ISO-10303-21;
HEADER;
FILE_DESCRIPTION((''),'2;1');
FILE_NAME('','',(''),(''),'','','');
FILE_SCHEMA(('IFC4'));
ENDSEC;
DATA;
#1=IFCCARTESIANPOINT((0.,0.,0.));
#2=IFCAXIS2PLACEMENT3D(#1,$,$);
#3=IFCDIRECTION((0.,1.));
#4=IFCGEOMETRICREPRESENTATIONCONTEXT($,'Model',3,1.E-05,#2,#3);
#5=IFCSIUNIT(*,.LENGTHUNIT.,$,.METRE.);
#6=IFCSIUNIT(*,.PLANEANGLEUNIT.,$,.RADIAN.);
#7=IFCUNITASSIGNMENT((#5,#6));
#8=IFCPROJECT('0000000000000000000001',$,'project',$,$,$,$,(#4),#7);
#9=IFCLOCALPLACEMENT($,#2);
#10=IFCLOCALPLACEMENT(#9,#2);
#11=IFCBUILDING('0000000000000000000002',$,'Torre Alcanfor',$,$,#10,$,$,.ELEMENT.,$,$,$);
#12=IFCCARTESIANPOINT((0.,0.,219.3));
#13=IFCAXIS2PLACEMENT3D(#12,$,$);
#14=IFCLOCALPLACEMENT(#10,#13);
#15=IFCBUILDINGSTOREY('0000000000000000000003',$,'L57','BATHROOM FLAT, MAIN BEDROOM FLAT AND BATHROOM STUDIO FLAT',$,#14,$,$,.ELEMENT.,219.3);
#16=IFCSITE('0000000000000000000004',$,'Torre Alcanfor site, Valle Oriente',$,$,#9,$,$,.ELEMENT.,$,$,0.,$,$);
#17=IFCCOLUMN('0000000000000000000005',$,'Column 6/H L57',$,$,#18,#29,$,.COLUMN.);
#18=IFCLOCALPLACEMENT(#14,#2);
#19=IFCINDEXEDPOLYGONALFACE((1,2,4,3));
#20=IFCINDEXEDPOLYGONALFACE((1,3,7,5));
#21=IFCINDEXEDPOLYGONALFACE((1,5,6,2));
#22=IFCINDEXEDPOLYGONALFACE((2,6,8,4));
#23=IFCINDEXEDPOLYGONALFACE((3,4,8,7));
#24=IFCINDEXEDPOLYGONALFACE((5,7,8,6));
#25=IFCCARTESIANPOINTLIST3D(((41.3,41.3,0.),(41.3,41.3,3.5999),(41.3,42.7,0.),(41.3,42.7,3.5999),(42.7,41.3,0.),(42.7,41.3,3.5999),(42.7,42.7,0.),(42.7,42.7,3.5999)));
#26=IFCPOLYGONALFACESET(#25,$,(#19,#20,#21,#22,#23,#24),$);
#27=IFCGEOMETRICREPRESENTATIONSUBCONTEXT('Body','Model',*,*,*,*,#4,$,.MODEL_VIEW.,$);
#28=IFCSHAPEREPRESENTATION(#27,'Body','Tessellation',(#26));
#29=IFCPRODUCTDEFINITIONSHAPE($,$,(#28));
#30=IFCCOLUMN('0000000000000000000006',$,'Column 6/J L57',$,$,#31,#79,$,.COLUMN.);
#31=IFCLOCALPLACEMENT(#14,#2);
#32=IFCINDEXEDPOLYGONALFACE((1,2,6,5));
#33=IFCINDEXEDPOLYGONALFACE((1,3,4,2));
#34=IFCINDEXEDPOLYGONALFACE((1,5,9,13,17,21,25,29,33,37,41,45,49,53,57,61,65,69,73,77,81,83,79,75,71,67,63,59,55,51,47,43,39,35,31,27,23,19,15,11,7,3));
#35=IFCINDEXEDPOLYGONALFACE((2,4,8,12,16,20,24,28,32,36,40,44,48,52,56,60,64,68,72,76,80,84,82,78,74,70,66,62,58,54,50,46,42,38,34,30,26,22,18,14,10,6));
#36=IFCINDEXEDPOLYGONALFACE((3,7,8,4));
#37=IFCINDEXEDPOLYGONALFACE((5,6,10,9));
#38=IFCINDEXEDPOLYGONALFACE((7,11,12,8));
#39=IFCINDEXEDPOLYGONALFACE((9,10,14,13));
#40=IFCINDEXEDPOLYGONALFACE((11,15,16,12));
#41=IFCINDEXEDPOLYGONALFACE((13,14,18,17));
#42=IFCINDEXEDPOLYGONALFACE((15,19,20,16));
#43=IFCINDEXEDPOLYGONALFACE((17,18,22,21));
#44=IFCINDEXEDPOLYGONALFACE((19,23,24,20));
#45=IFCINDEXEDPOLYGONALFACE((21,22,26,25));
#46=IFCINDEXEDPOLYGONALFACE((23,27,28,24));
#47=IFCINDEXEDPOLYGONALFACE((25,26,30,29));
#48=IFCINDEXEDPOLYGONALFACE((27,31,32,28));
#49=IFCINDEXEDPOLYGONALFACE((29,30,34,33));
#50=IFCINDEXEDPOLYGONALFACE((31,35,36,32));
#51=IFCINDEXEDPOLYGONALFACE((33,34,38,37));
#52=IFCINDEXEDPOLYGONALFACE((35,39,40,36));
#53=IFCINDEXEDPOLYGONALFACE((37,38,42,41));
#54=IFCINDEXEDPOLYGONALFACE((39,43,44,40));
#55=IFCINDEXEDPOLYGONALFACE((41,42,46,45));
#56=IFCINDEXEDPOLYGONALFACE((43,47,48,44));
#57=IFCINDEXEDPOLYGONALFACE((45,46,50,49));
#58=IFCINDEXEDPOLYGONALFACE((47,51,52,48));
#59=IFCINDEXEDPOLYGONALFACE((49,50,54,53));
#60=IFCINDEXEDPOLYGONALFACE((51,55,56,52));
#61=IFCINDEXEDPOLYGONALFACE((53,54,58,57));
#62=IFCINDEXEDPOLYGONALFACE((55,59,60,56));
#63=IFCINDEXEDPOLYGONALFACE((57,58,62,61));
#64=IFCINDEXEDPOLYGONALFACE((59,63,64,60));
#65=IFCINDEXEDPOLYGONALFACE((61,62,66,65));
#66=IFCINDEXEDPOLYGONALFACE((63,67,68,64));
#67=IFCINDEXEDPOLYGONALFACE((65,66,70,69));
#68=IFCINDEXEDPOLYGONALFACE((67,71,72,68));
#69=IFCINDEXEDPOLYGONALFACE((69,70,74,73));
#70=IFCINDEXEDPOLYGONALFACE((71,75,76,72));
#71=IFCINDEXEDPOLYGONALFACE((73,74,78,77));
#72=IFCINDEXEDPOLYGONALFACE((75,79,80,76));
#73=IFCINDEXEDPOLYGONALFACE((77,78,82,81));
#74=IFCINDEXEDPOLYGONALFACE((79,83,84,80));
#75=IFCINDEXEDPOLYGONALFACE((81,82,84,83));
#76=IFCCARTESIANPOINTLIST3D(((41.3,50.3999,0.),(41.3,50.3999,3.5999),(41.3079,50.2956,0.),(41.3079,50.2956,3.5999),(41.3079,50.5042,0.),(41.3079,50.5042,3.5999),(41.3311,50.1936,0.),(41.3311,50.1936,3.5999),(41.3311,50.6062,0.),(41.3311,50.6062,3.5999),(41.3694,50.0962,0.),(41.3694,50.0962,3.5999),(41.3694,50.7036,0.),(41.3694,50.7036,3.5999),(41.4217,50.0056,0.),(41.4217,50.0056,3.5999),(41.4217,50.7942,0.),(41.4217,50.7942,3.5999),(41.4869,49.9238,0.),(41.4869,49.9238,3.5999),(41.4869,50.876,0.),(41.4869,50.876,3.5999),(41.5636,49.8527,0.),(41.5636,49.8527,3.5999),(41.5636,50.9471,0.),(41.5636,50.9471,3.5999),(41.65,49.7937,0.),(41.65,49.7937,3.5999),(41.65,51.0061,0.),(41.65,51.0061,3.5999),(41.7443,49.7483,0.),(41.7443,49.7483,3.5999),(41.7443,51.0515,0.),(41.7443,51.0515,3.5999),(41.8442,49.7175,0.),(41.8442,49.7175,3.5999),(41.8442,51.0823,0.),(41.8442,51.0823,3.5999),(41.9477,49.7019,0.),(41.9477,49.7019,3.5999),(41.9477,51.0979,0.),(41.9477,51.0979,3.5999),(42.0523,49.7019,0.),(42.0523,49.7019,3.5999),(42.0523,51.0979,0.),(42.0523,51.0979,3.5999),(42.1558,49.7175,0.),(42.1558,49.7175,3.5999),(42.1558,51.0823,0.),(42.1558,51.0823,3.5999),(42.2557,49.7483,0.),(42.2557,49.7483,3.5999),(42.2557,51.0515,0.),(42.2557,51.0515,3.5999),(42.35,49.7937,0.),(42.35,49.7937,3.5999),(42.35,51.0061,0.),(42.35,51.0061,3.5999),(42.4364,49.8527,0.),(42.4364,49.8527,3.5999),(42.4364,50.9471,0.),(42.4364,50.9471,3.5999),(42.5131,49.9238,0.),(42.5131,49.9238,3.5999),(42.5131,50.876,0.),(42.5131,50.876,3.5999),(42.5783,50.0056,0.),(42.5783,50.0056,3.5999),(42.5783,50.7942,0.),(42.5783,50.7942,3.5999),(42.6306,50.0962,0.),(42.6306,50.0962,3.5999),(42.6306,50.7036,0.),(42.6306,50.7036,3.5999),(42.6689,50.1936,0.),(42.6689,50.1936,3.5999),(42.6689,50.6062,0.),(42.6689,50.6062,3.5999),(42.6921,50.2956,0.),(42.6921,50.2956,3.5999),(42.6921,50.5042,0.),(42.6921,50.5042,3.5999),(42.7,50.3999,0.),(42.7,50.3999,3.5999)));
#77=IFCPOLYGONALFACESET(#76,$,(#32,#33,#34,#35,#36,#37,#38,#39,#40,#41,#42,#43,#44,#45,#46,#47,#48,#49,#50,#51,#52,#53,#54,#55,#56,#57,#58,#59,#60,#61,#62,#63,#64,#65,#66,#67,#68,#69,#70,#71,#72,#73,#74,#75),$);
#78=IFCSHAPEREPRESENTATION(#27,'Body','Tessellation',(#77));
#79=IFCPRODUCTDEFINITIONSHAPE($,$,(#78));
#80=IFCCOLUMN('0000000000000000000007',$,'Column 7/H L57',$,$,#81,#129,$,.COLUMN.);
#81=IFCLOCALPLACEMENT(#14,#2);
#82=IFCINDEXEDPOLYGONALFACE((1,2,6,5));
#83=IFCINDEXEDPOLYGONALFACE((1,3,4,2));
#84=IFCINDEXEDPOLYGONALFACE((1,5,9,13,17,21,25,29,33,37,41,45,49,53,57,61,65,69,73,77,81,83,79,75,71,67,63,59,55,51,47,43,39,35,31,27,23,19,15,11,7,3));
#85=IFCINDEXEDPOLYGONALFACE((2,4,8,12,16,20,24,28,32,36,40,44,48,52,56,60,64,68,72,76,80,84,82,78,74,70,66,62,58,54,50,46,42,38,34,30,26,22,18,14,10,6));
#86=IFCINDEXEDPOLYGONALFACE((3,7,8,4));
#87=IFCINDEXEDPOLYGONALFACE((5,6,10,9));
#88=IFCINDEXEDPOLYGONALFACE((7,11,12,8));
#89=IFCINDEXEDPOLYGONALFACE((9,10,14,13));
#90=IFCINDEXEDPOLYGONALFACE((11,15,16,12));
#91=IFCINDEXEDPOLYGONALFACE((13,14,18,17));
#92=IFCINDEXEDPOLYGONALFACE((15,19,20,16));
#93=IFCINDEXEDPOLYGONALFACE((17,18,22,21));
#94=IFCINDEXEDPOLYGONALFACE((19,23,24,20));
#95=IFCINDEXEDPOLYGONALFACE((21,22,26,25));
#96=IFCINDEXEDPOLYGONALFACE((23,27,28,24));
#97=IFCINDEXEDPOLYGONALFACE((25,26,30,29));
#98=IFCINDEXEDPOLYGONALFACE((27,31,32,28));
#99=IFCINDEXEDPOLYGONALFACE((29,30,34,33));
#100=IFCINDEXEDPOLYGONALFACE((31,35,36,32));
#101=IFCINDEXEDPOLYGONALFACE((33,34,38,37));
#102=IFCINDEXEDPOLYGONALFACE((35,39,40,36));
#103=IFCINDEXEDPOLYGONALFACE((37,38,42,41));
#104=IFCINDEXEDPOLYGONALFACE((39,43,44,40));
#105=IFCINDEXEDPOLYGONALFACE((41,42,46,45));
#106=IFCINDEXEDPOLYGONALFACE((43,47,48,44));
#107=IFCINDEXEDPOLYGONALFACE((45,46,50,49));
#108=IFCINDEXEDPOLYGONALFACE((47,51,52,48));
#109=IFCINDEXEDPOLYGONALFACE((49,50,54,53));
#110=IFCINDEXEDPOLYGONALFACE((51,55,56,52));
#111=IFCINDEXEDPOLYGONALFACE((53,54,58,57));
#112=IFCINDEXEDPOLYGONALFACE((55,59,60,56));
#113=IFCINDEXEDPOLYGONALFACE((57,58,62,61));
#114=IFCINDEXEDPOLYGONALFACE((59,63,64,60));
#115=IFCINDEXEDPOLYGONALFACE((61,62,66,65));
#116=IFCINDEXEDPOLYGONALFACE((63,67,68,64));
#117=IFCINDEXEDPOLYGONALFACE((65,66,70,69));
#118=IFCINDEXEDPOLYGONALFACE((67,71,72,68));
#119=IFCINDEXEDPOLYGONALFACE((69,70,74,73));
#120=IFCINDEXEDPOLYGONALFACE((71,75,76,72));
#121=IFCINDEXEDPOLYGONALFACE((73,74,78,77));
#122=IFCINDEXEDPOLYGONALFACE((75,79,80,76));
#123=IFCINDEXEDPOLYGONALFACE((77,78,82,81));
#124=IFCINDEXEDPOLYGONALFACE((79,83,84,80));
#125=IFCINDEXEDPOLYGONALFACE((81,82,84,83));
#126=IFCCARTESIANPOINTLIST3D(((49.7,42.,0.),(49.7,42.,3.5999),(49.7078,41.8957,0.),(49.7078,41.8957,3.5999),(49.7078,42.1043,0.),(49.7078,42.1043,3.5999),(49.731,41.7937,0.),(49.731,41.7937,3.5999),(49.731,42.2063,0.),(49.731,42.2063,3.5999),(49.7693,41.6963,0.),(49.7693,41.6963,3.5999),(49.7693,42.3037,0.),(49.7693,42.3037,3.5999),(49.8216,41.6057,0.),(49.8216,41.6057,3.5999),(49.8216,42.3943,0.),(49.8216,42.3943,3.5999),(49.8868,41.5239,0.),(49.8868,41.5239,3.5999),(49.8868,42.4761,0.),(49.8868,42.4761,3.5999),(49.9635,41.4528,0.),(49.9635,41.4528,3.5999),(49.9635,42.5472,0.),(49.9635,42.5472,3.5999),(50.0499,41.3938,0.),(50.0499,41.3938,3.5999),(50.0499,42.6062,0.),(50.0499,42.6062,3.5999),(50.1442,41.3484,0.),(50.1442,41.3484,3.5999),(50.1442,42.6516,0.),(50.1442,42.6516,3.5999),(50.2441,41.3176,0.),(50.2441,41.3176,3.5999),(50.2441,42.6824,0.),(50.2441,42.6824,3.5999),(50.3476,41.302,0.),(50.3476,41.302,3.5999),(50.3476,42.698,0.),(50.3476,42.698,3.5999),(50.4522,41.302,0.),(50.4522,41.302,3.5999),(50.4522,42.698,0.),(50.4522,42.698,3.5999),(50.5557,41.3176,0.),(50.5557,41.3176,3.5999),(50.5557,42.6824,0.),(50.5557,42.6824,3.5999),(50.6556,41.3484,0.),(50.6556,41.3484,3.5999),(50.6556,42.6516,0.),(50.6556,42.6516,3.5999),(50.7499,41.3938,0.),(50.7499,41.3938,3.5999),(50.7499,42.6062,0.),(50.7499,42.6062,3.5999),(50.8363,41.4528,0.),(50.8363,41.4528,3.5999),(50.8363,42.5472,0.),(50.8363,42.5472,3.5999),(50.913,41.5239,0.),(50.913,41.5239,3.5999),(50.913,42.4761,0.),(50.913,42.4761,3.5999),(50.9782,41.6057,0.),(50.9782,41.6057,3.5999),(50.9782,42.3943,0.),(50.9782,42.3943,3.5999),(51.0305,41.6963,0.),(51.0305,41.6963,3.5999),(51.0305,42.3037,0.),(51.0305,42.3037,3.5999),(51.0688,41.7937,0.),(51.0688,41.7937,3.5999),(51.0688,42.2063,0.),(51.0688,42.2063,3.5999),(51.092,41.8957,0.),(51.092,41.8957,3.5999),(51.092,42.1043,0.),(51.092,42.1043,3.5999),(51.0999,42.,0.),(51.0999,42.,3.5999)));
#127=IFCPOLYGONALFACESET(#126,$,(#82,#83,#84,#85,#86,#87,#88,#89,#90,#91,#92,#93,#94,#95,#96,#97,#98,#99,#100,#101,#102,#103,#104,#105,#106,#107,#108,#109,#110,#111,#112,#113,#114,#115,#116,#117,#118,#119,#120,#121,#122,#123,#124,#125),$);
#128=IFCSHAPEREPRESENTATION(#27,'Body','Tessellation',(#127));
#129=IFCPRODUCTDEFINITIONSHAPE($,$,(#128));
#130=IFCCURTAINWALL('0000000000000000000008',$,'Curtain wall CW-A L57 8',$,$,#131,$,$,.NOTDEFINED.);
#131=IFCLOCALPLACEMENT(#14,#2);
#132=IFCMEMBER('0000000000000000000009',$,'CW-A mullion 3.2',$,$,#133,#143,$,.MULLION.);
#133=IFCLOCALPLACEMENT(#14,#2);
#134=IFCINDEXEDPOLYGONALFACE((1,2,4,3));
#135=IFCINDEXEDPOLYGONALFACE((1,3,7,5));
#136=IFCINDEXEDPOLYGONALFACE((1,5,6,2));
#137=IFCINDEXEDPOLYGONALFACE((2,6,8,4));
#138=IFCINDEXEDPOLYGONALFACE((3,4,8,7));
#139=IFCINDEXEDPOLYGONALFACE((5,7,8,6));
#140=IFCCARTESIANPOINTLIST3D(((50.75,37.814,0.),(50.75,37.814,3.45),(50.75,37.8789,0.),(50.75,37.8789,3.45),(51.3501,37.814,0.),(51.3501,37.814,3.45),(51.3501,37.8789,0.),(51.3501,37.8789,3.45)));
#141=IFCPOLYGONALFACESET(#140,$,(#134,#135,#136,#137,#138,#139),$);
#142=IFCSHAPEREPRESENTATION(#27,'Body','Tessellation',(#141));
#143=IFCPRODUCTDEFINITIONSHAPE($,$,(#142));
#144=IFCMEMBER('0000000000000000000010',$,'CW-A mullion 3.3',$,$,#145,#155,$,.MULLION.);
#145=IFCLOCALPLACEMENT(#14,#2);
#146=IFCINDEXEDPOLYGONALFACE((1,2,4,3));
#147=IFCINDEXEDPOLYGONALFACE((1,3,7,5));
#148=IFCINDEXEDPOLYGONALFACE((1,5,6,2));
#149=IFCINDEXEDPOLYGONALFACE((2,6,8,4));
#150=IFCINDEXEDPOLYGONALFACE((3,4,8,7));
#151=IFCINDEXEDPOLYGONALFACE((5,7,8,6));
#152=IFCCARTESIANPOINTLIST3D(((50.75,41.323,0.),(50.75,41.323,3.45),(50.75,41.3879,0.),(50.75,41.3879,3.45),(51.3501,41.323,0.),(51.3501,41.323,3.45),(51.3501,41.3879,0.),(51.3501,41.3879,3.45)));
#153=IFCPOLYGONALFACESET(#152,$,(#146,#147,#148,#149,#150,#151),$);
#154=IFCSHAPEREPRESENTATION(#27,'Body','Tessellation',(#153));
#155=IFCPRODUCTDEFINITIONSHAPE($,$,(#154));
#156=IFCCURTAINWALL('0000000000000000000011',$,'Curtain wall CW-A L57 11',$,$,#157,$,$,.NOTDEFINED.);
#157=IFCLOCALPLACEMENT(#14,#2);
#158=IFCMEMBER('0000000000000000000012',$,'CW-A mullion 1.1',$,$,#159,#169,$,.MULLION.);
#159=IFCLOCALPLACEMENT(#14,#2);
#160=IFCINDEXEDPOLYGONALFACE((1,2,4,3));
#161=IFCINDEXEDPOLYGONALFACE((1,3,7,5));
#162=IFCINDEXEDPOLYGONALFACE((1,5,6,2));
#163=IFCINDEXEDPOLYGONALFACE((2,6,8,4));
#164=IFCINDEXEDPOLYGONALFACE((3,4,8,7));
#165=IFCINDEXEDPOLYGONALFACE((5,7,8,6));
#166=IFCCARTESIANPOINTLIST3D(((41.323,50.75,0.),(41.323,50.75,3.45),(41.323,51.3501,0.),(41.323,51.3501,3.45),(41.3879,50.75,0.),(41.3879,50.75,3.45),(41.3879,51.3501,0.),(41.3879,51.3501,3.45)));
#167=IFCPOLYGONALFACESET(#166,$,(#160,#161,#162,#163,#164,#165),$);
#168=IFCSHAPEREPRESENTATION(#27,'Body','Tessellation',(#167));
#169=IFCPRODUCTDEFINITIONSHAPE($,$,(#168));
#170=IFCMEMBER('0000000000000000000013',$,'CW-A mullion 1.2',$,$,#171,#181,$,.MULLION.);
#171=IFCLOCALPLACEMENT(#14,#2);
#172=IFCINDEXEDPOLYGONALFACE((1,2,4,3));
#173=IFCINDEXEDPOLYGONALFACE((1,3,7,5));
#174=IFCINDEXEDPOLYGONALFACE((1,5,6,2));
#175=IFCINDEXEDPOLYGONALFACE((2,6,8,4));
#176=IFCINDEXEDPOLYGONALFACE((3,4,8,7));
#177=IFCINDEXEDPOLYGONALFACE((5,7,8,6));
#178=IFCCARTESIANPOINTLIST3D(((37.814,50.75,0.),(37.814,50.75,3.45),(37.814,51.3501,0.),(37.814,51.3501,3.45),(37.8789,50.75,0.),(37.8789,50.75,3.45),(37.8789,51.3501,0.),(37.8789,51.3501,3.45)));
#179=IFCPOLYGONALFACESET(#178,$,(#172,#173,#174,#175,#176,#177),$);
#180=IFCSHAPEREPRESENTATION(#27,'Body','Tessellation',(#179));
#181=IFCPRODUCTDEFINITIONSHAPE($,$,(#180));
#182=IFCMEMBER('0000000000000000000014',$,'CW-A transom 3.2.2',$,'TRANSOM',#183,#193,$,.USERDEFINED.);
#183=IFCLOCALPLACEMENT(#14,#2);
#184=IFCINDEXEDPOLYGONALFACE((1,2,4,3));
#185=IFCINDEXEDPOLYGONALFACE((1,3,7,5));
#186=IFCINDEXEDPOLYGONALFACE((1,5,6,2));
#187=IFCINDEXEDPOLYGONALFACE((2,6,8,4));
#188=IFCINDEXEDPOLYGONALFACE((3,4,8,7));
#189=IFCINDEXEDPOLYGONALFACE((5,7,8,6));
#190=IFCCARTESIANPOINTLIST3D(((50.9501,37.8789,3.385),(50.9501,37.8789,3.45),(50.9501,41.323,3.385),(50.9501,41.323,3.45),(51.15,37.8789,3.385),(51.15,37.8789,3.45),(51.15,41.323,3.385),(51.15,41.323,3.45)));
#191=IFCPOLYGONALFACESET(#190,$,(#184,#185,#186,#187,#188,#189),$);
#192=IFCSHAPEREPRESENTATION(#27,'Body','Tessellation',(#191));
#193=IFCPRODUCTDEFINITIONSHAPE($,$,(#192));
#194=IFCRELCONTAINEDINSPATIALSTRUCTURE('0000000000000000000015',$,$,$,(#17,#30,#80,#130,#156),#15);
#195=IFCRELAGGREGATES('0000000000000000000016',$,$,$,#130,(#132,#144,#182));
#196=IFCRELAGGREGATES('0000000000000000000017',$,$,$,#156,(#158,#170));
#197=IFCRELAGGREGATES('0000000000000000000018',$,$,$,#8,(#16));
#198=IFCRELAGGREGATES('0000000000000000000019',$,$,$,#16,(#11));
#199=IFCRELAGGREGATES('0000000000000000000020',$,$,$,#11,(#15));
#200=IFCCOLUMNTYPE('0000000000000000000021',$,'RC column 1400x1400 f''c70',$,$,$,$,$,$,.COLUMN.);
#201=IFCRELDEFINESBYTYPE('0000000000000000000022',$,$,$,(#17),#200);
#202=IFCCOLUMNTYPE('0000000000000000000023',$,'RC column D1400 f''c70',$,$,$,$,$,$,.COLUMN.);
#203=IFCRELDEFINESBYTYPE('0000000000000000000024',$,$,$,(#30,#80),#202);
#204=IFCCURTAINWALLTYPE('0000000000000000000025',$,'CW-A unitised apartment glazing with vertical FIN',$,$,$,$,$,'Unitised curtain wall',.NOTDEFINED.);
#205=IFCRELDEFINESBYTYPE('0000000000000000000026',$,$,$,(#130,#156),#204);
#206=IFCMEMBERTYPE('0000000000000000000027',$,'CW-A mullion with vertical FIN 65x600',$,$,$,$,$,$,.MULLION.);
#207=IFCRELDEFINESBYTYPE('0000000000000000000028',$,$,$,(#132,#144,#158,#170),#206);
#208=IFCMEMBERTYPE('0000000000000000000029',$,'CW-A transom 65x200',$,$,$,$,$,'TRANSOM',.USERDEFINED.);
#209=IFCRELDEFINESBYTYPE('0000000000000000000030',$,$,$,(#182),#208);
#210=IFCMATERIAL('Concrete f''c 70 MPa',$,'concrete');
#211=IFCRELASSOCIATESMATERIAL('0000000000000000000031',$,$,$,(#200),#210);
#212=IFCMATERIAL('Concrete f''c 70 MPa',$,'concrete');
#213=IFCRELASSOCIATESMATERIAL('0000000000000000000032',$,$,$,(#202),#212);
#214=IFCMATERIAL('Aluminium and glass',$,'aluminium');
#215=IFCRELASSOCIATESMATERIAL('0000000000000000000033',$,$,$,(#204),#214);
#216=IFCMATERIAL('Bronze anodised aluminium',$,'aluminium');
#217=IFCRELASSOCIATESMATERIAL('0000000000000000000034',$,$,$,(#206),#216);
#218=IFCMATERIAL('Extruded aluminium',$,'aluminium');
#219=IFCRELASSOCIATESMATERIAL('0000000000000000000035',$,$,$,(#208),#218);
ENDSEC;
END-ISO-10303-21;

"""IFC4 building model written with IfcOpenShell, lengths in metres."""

from ifc_helpers import new_model, si_unit, direction, frame, origin, origin_2d, place, context, subcontext, project, spatial, rectangle, circle, extrude, material, material_profile, profile_set, type_object, element, aggregate, save


model = new_model("IFC4")

# Units and contexts
model_context = context("Model", 3, precision=1e-05, world=origin(), true_north=direction((0.0, 1.0)))
body_context = subcontext(model_context, "Body", "Model", "MODEL_VIEW")
ifc_project = project(units=[si_unit("LENGTHUNIT", "METRE"), si_unit("PLANEANGLEUNIT", "RADIAN")], contexts=[model_context])

# Site, building, storey
site_placement = place(None, origin())
site = spatial("IfcSite", under=ifc_project, at=site_placement, Name="Torre Alcanfor site, Valle Oriente", CompositionType="ELEMENT", RefElevation=0.0)
building_placement = place(site_placement, origin())
building = spatial("IfcBuilding", under=site, at=building_placement, Name="Torre Alcanfor", CompositionType="ELEMENT")
storey_placement = place(building_placement, frame((0.0, 0.0, 219.3)))
storey = spatial("IfcBuildingStorey", under=building, at=storey_placement, Name="L57", Description="BATHROOM FLAT, MAIN BEDROOM FLAT AND BATHROOM STUDIO FLAT", CompositionType="ELEMENT", Elevation=219.3)

# Columns
ifc_material_1 = material(Name="Concrete f'c 70 MPa", Category="concrete")
ifc_material_profile_1 = material_profile(ifc_material_1, rectangle(XDim=1.3999, YDim=1.3999, at=origin_2d()), Name="1400x1400")
ifc_profile_set_1 = profile_set([ifc_material_profile_1], Name="Concrete f'c 70 MPa")
column_type_1 = type_object("IfcColumnType", Name="RC column 1400x1400 f'c70", PredefinedType="COLUMN", material=ifc_profile_set_1)
column_placement = place(storey_placement, frame((42.0, 42.0, 0.0), z_axis=(0.0, 0.0, 1.0), x_axis=(1.0, 0.0, 0.0)))
element("IfcColumn", 1, at=column_placement, inside=storey, type_object=column_type_1, Name="Column 6/H L57", PredefinedType="COLUMN", context=body_context, shape_type="SweptSolid", body=[
    extrude(rectangle(XDim=1.3999, YDim=1.3999, at=origin_2d()), origin(), (0.0, 0.0, 1.0), 3.5999),
])
ifc_material_2 = material(Name="Concrete f'c 70 MPa", Category="concrete")
ifc_material_profile_2 = material_profile(ifc_material_2, circle(Radius=0.7, at=origin_2d()), Name="D1400")
ifc_profile_set_2 = profile_set([ifc_material_profile_2], Name="Concrete f'c 70 MPa")
column_type_2 = type_object("IfcColumnType", Name="RC column D1400 f'c70", PredefinedType="COLUMN", material=ifc_profile_set_2)
for number, where, z_axis, x_axis, name in (
    (2, (42.0, 50.3999, 0.0), (0.0, 0.0, 1.0), (1.0, 0.0, 0.0), "Column 6/J L57"),
    (3, (50.3999, 42.0, 0.0), (0.0, 0.0, 1.0), (1.0, 0.0, 0.0), "Column 7/H L57"),
):
    element("IfcColumn", number, at=place(storey_placement, frame(where, z_axis=z_axis, x_axis=x_axis)), inside=storey, type_object=column_type_2, Name=name, PredefinedType="COLUMN", context=body_context, shape_type="SweptSolid", body=[
        extrude(circle(Radius=0.7, at=origin_2d()), origin(), (0.0, 0.0, 1.0), 3.5999),
    ])

# Curtain walls, members
ifc_material_3 = material(Name="Aluminium and glass", Category="aluminium")
curtain_wall_type = type_object("IfcCurtainWallType", Name="CW-A unitised apartment glazing with vertical FIN", ElementType="Unitised curtain wall", PredefinedType="NOTDEFINED", material=ifc_material_3)
curtain_wall_1_placement = place(storey_placement, origin())
curtain_wall_1 = element("IfcCurtainWall", 4, at=curtain_wall_1_placement, inside=storey, type_object=curtain_wall_type, Name="Curtain wall CW-A L57 8", PredefinedType="NOTDEFINED")
ifc_material_4 = material(Name="Bronze anodised aluminium", Category="aluminium")
ifc_material_profile_3 = material_profile(ifc_material_4, rectangle(XDim=0.6001, YDim=0.0649, at=origin_2d()), Name="CW-A mullion 65x600")
ifc_profile_set_3 = profile_set([ifc_material_profile_3], Name="Bronze anodised aluminium")
member_type_1 = type_object("IfcMemberType", Name="CW-A mullion with vertical FIN 65x600", PredefinedType="MULLION", material=ifc_profile_set_3)
member_1_placement = place(storey_placement, frame((51.05, 37.8464, 0.0), z_axis=(0.0, 0.0, 1.0), x_axis=(-1.0, 0.0, 0.0)))
member_1 = element("IfcMember", 5, at=member_1_placement, type_object=member_type_1, Name="CW-A mullion 3.2", PredefinedType="MULLION", context=body_context, shape_type="SweptSolid", body=[
    extrude(rectangle(XDim=0.6001, YDim=0.0649, at=origin_2d()), origin(), (0.0, 0.0, 1.0), 3.45),
])
member_2_placement = place(storey_placement, frame((51.05, 41.3555, 0.0), z_axis=(0.0, 0.0, 1.0), x_axis=(-1.0, 0.0, 0.0)))
member_2 = element("IfcMember", 6, at=member_2_placement, type_object=member_type_1, Name="CW-A mullion 3.3", PredefinedType="MULLION", context=body_context, shape_type="SweptSolid", body=[
    extrude(rectangle(XDim=0.6001, YDim=0.0649, at=origin_2d()), origin(), (0.0, 0.0, 1.0), 3.45),
])
curtain_wall_2_placement = place(storey_placement, origin())
curtain_wall_2 = element("IfcCurtainWall", 7, at=curtain_wall_2_placement, inside=storey, type_object=curtain_wall_type, Name="Curtain wall CW-A L57 11", PredefinedType="NOTDEFINED")
member_3_placement = place(storey_placement, frame((41.3555, 51.05, 0.0), z_axis=(0.0, 0.0, 1.0), x_axis=(0.0, -1.0, 0.0)))
member_3 = element("IfcMember", 8, at=member_3_placement, type_object=member_type_1, Name="CW-A mullion 1.1", PredefinedType="MULLION", context=body_context, shape_type="SweptSolid", body=[
    extrude(rectangle(XDim=0.6001, YDim=0.0649, at=origin_2d()), origin(), (0.0, 0.0, 1.0), 3.45),
])
member_4_placement = place(storey_placement, frame((37.8464, 51.05, 0.0), z_axis=(0.0, 0.0, 1.0), x_axis=(0.0, -1.0, 0.0)))
member_4 = element("IfcMember", 9, at=member_4_placement, type_object=member_type_1, Name="CW-A mullion 1.2", PredefinedType="MULLION", context=body_context, shape_type="SweptSolid", body=[
    extrude(rectangle(XDim=0.6001, YDim=0.0649, at=origin_2d()), origin(), (0.0, 0.0, 1.0), 3.45),
])

# Member
ifc_material_5 = material(Name="Extruded aluminium", Category="aluminium")
ifc_material_profile_4 = material_profile(ifc_material_5, rectangle(XDim=0.2, YDim=0.0649, at=origin_2d()), Name="CW-A transom 200x65")
ifc_profile_set_4 = profile_set([ifc_material_profile_4], Name="Extruded aluminium")
member_type_2 = type_object("IfcMemberType", Name="CW-A transom 65x200", ElementType="TRANSOM", PredefinedType="USERDEFINED", material=ifc_profile_set_4)
member_5_placement = place(storey_placement, frame((51.05, 37.8789, 3.4175), z_axis=(0.0, 1.0, 0.0), x_axis=(-1.0, 0.0, 0.0)))
member_5 = element("IfcMember", 10, at=member_5_placement, type_object=member_type_2, Name="CW-A transom 3.2.2", ObjectType="TRANSOM", PredefinedType="USERDEFINED", context=body_context, shape_type="SweptSolid", body=[
    extrude(rectangle(XDim=0.2, YDim=0.0649, at=origin_2d()), origin(), (0.0, 0.0, 1.0), 3.4441),
])

aggregate(curtain_wall_1, [member_1, member_2, member_5])
aggregate(curtain_wall_2, [member_3, member_4])

save(model, "model.ifc")
